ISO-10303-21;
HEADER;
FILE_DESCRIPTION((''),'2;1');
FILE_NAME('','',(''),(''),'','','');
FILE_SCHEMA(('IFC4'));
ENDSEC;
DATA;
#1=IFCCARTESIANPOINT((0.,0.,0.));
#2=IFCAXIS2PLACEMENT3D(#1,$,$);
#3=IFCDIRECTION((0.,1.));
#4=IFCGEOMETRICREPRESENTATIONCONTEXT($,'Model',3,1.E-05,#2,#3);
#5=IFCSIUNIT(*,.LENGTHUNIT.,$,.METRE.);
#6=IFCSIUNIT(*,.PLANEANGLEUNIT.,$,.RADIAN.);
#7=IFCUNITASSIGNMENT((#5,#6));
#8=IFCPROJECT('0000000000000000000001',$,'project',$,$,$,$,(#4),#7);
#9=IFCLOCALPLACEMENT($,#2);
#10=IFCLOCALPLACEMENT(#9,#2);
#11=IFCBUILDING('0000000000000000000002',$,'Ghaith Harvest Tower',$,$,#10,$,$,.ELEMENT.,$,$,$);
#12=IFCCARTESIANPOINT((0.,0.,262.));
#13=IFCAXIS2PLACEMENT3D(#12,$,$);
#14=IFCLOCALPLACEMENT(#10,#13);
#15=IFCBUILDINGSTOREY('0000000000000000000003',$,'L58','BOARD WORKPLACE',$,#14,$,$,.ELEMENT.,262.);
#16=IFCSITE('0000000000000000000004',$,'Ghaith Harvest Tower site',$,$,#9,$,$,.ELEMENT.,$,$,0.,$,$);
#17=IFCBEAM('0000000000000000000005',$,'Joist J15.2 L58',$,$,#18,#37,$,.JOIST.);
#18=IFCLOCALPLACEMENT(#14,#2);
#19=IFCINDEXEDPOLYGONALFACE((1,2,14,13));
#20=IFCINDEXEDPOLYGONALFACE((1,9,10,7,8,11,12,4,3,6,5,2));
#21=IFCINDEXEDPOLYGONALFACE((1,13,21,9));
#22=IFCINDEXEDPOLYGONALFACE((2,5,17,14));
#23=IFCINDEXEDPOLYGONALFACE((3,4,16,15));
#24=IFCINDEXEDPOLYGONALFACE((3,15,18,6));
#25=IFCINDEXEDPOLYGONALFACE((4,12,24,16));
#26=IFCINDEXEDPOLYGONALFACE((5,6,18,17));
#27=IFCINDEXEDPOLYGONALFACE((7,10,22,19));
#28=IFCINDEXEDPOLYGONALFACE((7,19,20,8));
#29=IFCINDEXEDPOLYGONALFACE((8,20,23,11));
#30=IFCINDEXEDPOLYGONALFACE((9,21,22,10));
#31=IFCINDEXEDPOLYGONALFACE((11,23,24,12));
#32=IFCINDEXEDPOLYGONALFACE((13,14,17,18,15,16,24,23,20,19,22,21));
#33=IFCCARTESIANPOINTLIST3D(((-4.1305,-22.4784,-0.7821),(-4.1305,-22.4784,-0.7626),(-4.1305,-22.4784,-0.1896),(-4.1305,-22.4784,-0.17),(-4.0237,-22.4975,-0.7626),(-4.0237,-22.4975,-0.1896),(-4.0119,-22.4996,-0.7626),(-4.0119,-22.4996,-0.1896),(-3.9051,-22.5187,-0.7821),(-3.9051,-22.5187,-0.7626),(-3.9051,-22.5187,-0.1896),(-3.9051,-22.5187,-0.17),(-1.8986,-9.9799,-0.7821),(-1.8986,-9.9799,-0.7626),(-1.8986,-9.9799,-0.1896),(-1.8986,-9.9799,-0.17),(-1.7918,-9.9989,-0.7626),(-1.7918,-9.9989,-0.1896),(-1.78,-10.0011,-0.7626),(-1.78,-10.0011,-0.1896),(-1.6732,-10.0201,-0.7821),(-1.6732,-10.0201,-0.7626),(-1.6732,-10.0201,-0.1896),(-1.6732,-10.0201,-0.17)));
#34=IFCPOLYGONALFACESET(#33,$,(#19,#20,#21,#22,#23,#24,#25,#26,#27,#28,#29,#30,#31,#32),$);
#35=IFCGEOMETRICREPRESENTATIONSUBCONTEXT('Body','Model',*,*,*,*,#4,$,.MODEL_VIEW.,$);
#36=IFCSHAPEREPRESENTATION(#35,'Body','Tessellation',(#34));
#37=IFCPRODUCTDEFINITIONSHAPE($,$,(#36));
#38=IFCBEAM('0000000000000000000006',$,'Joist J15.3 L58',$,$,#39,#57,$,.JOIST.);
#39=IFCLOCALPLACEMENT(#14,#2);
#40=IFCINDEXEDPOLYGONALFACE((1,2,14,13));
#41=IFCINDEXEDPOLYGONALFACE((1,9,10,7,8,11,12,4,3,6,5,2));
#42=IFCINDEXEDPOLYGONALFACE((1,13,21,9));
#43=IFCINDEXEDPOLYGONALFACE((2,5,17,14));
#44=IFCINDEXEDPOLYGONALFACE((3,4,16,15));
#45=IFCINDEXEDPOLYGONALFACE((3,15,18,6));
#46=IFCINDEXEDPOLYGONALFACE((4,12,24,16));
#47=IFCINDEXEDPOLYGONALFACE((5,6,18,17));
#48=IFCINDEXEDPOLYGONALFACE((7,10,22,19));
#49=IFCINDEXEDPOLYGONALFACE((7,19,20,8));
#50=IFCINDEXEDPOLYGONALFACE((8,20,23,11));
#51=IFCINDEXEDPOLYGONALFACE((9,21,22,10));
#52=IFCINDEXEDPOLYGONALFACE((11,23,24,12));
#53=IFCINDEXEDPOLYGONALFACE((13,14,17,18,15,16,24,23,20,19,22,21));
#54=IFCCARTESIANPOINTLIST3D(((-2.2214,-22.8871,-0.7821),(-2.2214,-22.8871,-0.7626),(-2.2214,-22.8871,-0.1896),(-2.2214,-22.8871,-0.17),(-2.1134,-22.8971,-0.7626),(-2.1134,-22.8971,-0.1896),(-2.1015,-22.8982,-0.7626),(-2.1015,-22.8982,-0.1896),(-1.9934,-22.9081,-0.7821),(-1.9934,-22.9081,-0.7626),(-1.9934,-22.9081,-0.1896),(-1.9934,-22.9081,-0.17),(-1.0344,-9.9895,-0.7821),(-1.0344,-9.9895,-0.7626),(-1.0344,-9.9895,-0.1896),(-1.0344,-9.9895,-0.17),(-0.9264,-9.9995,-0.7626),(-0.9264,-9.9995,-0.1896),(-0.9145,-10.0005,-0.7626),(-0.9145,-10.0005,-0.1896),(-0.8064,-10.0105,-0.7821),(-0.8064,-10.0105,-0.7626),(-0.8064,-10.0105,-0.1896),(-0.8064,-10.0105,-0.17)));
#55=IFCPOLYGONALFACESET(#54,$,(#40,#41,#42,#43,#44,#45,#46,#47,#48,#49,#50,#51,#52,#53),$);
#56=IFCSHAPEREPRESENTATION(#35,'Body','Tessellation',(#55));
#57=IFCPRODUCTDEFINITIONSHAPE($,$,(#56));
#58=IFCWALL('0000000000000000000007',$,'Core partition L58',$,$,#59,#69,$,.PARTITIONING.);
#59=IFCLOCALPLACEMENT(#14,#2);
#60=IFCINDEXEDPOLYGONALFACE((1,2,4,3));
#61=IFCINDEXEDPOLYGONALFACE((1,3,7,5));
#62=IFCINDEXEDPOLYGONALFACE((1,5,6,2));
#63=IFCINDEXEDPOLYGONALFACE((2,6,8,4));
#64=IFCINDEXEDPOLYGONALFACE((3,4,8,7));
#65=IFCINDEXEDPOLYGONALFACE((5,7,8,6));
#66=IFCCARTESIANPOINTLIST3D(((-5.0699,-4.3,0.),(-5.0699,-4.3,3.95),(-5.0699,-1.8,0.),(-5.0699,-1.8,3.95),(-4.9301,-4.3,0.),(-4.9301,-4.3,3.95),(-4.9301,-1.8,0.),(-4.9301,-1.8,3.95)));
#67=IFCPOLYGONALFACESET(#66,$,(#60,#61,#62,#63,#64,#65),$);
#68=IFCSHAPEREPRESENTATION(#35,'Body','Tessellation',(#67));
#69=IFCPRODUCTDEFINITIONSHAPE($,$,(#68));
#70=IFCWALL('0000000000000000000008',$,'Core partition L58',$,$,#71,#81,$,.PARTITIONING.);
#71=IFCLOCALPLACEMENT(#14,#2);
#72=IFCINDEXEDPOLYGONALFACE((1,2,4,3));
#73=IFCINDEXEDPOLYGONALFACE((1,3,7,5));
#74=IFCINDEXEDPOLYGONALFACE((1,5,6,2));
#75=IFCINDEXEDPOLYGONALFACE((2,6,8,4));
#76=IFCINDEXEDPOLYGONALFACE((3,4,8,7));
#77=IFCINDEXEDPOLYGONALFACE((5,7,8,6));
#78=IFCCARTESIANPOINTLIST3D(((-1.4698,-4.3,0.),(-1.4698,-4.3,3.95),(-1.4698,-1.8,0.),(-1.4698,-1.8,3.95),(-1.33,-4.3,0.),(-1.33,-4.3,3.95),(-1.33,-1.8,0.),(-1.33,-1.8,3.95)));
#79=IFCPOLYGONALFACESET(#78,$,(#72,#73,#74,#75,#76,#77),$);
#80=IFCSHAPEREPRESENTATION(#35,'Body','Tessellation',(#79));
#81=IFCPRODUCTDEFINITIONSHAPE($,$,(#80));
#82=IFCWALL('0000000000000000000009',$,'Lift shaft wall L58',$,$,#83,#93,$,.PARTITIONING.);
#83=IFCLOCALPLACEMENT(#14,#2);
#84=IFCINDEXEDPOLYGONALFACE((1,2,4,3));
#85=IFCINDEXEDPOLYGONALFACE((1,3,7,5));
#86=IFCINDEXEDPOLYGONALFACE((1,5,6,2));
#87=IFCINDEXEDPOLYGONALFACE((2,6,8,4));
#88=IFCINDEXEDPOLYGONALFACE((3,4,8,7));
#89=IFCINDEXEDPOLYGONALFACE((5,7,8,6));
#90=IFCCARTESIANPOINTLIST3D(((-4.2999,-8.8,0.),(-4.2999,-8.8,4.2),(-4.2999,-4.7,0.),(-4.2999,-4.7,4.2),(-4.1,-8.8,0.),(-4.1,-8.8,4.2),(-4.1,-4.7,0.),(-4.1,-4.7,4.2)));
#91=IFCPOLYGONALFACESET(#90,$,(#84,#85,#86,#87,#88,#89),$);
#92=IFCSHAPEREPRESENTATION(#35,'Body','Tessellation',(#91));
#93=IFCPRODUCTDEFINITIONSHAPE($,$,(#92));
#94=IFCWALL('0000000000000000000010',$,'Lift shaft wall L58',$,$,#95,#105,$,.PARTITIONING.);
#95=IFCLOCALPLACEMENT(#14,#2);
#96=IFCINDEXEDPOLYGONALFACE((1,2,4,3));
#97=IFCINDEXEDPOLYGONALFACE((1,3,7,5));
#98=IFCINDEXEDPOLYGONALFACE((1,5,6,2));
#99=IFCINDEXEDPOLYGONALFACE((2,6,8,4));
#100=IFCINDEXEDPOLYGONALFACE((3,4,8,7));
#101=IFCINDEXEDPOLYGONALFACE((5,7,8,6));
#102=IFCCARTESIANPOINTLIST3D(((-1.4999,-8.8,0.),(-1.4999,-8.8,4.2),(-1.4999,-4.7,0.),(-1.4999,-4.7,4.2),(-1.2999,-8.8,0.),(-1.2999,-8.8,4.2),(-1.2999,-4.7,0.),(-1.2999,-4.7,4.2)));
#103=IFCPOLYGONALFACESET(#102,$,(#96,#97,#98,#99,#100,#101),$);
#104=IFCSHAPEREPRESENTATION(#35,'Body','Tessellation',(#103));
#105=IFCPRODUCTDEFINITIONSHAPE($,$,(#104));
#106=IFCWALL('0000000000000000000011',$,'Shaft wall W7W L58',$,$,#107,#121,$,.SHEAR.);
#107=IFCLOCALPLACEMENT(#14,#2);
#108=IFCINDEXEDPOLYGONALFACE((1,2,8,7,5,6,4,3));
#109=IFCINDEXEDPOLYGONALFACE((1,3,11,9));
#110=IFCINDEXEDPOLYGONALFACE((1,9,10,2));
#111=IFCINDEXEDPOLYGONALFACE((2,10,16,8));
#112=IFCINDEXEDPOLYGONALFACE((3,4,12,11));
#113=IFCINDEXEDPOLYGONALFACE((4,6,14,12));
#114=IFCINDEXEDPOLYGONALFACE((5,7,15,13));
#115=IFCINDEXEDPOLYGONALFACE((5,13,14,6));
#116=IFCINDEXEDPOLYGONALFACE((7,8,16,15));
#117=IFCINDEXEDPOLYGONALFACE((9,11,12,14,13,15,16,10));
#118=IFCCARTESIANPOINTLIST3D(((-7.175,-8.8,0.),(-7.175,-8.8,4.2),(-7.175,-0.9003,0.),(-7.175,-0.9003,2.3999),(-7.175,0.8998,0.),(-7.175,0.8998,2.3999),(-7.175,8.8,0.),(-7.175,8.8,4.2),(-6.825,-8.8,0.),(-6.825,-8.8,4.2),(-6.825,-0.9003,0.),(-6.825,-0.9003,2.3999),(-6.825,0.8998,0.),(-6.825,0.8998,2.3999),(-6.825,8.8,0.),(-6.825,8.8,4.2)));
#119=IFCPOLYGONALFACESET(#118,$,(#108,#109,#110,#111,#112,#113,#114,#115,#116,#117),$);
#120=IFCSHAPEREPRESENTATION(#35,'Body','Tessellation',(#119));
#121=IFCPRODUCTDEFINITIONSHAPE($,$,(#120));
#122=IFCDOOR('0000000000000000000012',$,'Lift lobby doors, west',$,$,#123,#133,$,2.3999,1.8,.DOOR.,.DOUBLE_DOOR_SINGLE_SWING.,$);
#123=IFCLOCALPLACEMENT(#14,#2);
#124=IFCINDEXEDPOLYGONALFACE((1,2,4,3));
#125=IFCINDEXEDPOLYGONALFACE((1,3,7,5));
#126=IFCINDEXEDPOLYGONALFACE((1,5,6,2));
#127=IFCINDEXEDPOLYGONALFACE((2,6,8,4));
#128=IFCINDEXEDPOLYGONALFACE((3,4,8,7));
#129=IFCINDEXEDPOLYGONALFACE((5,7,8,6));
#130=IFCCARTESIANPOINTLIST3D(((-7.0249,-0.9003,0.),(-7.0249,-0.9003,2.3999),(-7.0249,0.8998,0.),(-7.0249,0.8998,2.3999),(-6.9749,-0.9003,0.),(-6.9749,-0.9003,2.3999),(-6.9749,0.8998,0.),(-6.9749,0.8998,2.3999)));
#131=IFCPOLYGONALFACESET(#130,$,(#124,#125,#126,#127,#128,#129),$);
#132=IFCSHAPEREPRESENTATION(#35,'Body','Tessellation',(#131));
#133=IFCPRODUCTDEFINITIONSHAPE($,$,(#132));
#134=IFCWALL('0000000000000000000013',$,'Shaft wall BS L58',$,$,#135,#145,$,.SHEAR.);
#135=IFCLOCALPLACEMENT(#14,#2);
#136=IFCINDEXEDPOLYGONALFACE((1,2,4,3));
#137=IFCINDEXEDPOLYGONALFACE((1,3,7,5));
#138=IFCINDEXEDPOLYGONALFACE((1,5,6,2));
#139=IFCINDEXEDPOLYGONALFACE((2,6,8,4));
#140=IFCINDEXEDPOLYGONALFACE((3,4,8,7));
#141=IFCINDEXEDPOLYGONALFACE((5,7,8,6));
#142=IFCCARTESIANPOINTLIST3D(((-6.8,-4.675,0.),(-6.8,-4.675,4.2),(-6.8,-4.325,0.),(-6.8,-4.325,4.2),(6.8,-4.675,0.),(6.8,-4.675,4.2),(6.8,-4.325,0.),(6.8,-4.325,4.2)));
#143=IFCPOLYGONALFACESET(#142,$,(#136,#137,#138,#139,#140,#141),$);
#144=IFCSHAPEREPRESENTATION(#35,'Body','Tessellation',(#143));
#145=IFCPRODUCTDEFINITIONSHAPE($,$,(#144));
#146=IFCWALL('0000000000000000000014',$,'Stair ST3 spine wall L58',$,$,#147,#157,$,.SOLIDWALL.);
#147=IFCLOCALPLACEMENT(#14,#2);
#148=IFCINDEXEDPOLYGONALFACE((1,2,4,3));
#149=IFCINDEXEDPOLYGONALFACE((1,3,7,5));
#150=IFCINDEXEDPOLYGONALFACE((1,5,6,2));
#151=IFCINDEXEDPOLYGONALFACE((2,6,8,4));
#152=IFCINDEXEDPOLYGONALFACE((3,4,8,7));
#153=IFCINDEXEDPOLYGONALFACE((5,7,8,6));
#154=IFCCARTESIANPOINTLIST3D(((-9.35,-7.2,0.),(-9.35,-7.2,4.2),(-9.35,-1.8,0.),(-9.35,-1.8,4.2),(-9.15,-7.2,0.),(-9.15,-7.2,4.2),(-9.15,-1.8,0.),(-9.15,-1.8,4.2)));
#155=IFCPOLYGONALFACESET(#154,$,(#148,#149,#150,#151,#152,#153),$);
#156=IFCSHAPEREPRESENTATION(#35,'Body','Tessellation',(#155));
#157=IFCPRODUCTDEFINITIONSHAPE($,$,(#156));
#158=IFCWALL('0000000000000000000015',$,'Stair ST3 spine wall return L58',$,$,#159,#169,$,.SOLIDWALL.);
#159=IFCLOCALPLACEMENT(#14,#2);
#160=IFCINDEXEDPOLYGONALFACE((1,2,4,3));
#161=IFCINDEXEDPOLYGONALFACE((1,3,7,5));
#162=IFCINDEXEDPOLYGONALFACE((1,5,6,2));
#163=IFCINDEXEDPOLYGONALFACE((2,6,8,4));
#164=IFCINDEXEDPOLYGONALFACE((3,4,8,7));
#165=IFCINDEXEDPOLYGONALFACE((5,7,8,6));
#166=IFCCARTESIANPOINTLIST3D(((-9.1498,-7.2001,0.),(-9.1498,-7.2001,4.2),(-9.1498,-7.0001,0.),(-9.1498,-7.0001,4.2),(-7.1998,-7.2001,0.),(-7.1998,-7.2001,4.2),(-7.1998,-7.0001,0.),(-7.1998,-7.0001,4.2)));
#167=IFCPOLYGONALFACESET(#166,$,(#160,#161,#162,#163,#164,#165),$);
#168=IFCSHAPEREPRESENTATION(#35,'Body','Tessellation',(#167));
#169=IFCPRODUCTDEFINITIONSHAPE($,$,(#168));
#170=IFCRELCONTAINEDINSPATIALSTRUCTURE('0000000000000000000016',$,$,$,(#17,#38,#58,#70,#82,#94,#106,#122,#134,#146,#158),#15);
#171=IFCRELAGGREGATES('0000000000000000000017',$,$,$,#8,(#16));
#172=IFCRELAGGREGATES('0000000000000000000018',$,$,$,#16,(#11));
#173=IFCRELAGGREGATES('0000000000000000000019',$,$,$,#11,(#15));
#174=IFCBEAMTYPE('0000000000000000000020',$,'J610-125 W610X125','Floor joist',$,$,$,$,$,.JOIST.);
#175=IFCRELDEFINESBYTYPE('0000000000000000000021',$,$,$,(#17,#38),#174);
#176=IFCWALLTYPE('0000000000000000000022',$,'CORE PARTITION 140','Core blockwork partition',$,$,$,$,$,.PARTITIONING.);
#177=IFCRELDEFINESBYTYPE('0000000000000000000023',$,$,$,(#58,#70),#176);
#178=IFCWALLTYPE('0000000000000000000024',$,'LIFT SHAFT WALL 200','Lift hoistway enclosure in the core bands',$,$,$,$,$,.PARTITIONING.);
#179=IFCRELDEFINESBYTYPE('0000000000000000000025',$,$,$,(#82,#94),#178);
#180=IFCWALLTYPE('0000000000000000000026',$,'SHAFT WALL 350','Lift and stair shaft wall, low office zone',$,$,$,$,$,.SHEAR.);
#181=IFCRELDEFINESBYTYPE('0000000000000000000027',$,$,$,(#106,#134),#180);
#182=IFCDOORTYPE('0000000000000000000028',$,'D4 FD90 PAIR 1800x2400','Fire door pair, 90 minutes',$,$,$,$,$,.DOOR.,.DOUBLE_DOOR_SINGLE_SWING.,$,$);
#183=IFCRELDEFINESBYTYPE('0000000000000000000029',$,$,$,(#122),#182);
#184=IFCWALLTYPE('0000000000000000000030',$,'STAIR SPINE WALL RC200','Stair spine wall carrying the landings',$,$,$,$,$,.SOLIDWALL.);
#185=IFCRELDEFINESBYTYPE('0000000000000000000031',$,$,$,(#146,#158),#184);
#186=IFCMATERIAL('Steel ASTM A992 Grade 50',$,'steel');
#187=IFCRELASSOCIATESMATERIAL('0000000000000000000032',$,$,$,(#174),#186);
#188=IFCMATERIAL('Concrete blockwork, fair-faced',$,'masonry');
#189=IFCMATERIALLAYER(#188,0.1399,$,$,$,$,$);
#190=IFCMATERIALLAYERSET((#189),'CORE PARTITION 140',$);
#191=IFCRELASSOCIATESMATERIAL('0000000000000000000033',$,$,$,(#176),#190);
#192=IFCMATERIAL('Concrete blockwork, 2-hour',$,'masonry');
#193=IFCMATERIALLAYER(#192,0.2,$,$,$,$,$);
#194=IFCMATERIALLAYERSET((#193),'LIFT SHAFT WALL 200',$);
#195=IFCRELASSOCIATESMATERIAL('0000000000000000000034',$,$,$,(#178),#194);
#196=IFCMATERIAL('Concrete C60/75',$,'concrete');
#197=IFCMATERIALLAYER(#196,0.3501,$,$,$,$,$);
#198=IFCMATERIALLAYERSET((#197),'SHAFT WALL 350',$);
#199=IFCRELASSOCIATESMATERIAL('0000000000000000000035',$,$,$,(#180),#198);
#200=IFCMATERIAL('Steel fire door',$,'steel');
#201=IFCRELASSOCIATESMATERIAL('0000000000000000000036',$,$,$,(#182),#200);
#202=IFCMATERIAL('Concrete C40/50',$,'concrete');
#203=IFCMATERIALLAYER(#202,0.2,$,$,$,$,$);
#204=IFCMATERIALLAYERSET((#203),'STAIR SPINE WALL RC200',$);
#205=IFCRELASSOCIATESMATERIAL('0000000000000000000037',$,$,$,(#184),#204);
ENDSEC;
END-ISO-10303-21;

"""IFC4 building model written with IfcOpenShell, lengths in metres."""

from ifc_helpers import new_model, si_unit, direction, frame, frame_2d, origin, origin_2d, place, context, subcontext, project, spatial, rectangle, i_section, extrude, material, layer, layer_set, material_profile, profile_set, type_object, element, fill, save


model = new_model("IFC4")

# Units and contexts
model_context = context("Model", 3, precision=1e-05, world=origin(), true_north=direction((0.0, 1.0)))
body_context = subcontext(model_context, "Body", "Model", "MODEL_VIEW")
ifc_project = project(units=[si_unit("LENGTHUNIT", "METRE"), si_unit("PLANEANGLEUNIT", "RADIAN")], contexts=[model_context])

# Site, building, storey
site_placement = place(None, origin())
site = spatial("IfcSite", under=ifc_project, at=site_placement, Name="Ghaith Harvest Tower site", CompositionType="ELEMENT", RefElevation=0.0)
building_placement = place(site_placement, origin())
building = spatial("IfcBuilding", under=site, at=building_placement, Name="Ghaith Harvest Tower", CompositionType="ELEMENT")
storey_placement = place(building_placement, frame((0.0, 0.0, 262.0)))
storey = spatial("IfcBuildingStorey", under=building, at=storey_placement, Name="L58", Description="BOARD WORKPLACE", CompositionType="ELEMENT", Elevation=262.0)

# Beams
ifc_material_1 = material(Name="Steel ASTM A992 Grade 50", Category="steel")
ifc_material_profile_1 = material_profile(ifc_material_1, i_section(OverallWidth=0.229, OverallDepth=0.6121, WebThickness=0.012, FlangeThickness=0.0195, at=origin_2d()), Name="W610X125")
ifc_profile_set_1 = profile_set([ifc_material_profile_1], Name="Steel ASTM A992 Grade 50")
beam_type_1 = type_object("IfcBeamType", Name="J610-125 W610X125", Description="Floor joist", PredefinedType="JOIST", material=ifc_profile_set_1)
beam_1_placement = place(storey_placement, frame((-1.7859, -10.0, -0.4761), z_axis=(-0.175795, -0.984427, 0.0), x_axis=(0.984427, -0.175795, 0.0)))
element("IfcBeam", 1, at=beam_1_placement, inside=storey, type_object=beam_type_1, Name="Joist J15.2 L58", PredefinedType="JOIST", context=body_context, shape_type="SweptSolid", body=[
    extrude(i_section(OverallWidth=0.229, OverallDepth=0.6121, WebThickness=0.012, FlangeThickness=0.0195, at=origin_2d()), origin(), (0.0, 0.0, 1.0), 12.6963),
])
beam_2_placement = place(storey_placement, frame((-0.9204, -10.0, -0.4761), z_axis=(-0.091645, -0.995792, 0.0), x_axis=(0.995792, -0.091645, 0.0)))
element("IfcBeam", 2, at=beam_2_placement, inside=storey, type_object=beam_type_1, Name="Joist J15.3 L58", PredefinedType="JOIST", context=body_context, shape_type="SweptSolid", body=[
    extrude(i_section(OverallWidth=0.229, OverallDepth=0.6121, WebThickness=0.012, FlangeThickness=0.0195, at=origin_2d()), origin(), (0.0, 0.0, 1.0), 12.9521),
])

# Walls
ifc_material_2 = material(Name="Concrete blockwork, fair-faced", Category="masonry")
ifc_layer_1 = layer(ifc_material_2, 0.1399)
ifc_layer_set_1 = layer_set([ifc_layer_1], Name="CORE PARTITION 140")
wall_type_1 = type_object("IfcWallType", Name="CORE PARTITION 140", Description="Core blockwork partition", PredefinedType="PARTITIONING", material=ifc_layer_set_1)
for number, where, z_axis, x_axis, name in (
    (3, (-5.0, -1.8, 0.0), (0.0, 0.0, 1.0), (0.0, -1.0, 0.0), "Core partition L58"),
    (4, (-1.3999, -1.8, 0.0), (0.0, 0.0, 1.0), (0.0, -1.0, 0.0), "Core partition L58"),
):
    element("IfcWall", number, at=place(storey_placement, frame(where, z_axis=z_axis, x_axis=x_axis)), inside=storey, type_object=wall_type_1, Name=name, PredefinedType="PARTITIONING", context=body_context, shape_type="SweptSolid", body=[
        extrude(rectangle(XDim=2.5, YDim=0.1399, at=frame_2d((1.25, 0.0))), origin(), (0.0, 0.0, 1.0), 3.95),
    ])
ifc_material_3 = material(Name="Concrete blockwork, 2-hour", Category="masonry")
ifc_layer_2 = layer(ifc_material_3, 0.2)
ifc_layer_set_2 = layer_set([ifc_layer_2], Name="LIFT SHAFT WALL 200")
wall_type_2 = type_object("IfcWallType", Name="LIFT SHAFT WALL 200", Description="Lift hoistway enclosure in the core bands", PredefinedType="PARTITIONING", material=ifc_layer_set_2)
for number, where, z_axis, x_axis, name in (
    (5, (-4.2, -4.7, 0.0), (0.0, 0.0, 1.0), (0.0, -1.0, 0.0), "Lift shaft wall L58"),
    (6, (-1.3999, -4.7, 0.0), (0.0, 0.0, 1.0), (0.0, -1.0, 0.0), "Lift shaft wall L58"),
):
    element("IfcWall", number, at=place(storey_placement, frame(where, z_axis=z_axis, x_axis=x_axis)), inside=storey, type_object=wall_type_2, Name=name, PredefinedType="PARTITIONING", context=body_context, shape_type="SweptSolid", body=[
        extrude(rectangle(XDim=4.1001, YDim=0.2, at=frame_2d((2.05, 0.0))), origin(), (0.0, 0.0, 1.0), 4.2),
    ])

# Wall, opening, door
ifc_material_4 = material(Name="Concrete C60/75", Category="concrete")
ifc_layer_3 = layer(ifc_material_4, 0.3501)
ifc_layer_set_3 = layer_set([ifc_layer_3], Name="SHAFT WALL 350")
wall_type_3 = type_object("IfcWallType", Name="SHAFT WALL 350", Description="Lift and stair shaft wall, low office zone", PredefinedType="SHEAR", material=ifc_layer_set_3)
wall_1_placement = place(storey_placement, frame((-7.0, -8.8, 0.0), z_axis=(0.0, 0.0, 1.0), x_axis=(0.0, 1.0, 0.0)))
wall_1 = element("IfcWall", 7, at=wall_1_placement, inside=storey, type_object=wall_type_3, Name="Shaft wall W7W L58", PredefinedType="SHEAR", context=body_context, shape_type="SweptSolid", body=[
    extrude(rectangle(XDim=17.6001, YDim=0.3501, at=frame_2d((8.8, 0.0))), origin(), (0.0, 0.0, 1.0), 4.2),
])
opening_1_placement = place(wall_1_placement, frame((7.8999, 0.0, 0.0)))
opening_1 = element("IfcOpeningElement", 8, at=opening_1_placement, cuts=wall_1, PredefinedType="OPENING", context=body_context, shape_type="SweptSolid", body=[
    extrude(rectangle(XDim=1.8, YDim=2.3999, at=frame_2d((0.8999, 1.2))), frame((0.0, 0.1851, 0.0), z_axis=(0.0, -1.0, 0.0), x_axis=(1.0, 0.0, 0.0)), (0.0, 0.0, 1.0), 0.3701),
])
ifc_material_5 = material(Name="Steel fire door", Category="steel")
door_type_1 = type_object("IfcDoorType", Name="D4 FD90 PAIR 1800x2400", Description="Fire door pair, 90 minutes", OperationType="DOUBLE_DOOR_SINGLE_SWING", PredefinedType="DOOR", material=ifc_material_5)
door_1_placement = place(opening_1_placement, origin())
door_1 = element("IfcDoor", 9, at=door_1_placement, inside=storey, type_object=door_type_1, Name="Lift lobby doors, west", OperationType="DOUBLE_DOOR_SINGLE_SWING", OverallHeight=2.3999, OverallWidth=1.8, PredefinedType="DOOR", context=body_context, shape_type="SweptSolid", body=[
    extrude(rectangle(XDim=1.8, YDim=2.3999, at=frame_2d((0.8999, 1.2))), frame((0.0, 0.0249, 0.0), z_axis=(0.0, -1.0, 0.0), x_axis=(1.0, 0.0, 0.0)), (0.0, 0.0, 1.0), 0.05),
])
fill(opening_1, door_1)

# Walls
wall_2_placement = place(storey_placement, frame((-6.8, -4.5, 0.0), z_axis=(0.0, 0.0, 1.0), x_axis=(1.0, 0.0, 0.0)))
element("IfcWall", 10, at=wall_2_placement, inside=storey, type_object=wall_type_3, Name="Shaft wall BS L58", PredefinedType="SHEAR", context=body_context, shape_type="SweptSolid", body=[
    extrude(rectangle(XDim=13.6001, YDim=0.3501, at=frame_2d((6.8, 0.0))), origin(), (0.0, 0.0, 1.0), 4.2),
])
ifc_material_6 = material(Name="Concrete C40/50", Category="concrete")
ifc_layer_4 = layer(ifc_material_6, 0.2)
ifc_layer_set_4 = layer_set([ifc_layer_4], Name="STAIR SPINE WALL RC200")
wall_type_4 = type_object("IfcWallType", Name="STAIR SPINE WALL RC200", Description="Stair spine wall carrying the landings", PredefinedType="SOLIDWALL", material=ifc_layer_set_4)
wall_3_placement = place(storey_placement, frame((-9.25, -7.2, 0.0), z_axis=(0.0, 0.0, 1.0), x_axis=(0.0, 1.0, 0.0)))
element("IfcWall", 11, at=wall_3_placement, inside=storey, type_object=wall_type_4, Name="Stair ST3 spine wall L58", PredefinedType="SOLIDWALL", context=body_context, shape_type="SweptSolid", body=[
    extrude(rectangle(XDim=5.3999, YDim=0.2, at=frame_2d((2.7, 0.0))), origin(), (0.0, 0.0, 1.0), 4.2),
])
wall_4_placement = place(storey_placement, frame((-9.1499, -7.1001, 0.0), z_axis=(0.0, 0.0, 1.0), x_axis=(1.0, 0.0, 0.0)))
element("IfcWall", 12, at=wall_4_placement, inside=storey, type_object=wall_type_4, Name="Stair ST3 spine wall return L58", PredefinedType="SOLIDWALL", context=body_context, shape_type="SweptSolid", body=[
    extrude(rectangle(XDim=1.95, YDim=0.2, at=frame_2d((0.9751, 0.0))), origin(), (0.0, 0.0, 1.0), 4.2),
])

save(model, "model.ifc")
